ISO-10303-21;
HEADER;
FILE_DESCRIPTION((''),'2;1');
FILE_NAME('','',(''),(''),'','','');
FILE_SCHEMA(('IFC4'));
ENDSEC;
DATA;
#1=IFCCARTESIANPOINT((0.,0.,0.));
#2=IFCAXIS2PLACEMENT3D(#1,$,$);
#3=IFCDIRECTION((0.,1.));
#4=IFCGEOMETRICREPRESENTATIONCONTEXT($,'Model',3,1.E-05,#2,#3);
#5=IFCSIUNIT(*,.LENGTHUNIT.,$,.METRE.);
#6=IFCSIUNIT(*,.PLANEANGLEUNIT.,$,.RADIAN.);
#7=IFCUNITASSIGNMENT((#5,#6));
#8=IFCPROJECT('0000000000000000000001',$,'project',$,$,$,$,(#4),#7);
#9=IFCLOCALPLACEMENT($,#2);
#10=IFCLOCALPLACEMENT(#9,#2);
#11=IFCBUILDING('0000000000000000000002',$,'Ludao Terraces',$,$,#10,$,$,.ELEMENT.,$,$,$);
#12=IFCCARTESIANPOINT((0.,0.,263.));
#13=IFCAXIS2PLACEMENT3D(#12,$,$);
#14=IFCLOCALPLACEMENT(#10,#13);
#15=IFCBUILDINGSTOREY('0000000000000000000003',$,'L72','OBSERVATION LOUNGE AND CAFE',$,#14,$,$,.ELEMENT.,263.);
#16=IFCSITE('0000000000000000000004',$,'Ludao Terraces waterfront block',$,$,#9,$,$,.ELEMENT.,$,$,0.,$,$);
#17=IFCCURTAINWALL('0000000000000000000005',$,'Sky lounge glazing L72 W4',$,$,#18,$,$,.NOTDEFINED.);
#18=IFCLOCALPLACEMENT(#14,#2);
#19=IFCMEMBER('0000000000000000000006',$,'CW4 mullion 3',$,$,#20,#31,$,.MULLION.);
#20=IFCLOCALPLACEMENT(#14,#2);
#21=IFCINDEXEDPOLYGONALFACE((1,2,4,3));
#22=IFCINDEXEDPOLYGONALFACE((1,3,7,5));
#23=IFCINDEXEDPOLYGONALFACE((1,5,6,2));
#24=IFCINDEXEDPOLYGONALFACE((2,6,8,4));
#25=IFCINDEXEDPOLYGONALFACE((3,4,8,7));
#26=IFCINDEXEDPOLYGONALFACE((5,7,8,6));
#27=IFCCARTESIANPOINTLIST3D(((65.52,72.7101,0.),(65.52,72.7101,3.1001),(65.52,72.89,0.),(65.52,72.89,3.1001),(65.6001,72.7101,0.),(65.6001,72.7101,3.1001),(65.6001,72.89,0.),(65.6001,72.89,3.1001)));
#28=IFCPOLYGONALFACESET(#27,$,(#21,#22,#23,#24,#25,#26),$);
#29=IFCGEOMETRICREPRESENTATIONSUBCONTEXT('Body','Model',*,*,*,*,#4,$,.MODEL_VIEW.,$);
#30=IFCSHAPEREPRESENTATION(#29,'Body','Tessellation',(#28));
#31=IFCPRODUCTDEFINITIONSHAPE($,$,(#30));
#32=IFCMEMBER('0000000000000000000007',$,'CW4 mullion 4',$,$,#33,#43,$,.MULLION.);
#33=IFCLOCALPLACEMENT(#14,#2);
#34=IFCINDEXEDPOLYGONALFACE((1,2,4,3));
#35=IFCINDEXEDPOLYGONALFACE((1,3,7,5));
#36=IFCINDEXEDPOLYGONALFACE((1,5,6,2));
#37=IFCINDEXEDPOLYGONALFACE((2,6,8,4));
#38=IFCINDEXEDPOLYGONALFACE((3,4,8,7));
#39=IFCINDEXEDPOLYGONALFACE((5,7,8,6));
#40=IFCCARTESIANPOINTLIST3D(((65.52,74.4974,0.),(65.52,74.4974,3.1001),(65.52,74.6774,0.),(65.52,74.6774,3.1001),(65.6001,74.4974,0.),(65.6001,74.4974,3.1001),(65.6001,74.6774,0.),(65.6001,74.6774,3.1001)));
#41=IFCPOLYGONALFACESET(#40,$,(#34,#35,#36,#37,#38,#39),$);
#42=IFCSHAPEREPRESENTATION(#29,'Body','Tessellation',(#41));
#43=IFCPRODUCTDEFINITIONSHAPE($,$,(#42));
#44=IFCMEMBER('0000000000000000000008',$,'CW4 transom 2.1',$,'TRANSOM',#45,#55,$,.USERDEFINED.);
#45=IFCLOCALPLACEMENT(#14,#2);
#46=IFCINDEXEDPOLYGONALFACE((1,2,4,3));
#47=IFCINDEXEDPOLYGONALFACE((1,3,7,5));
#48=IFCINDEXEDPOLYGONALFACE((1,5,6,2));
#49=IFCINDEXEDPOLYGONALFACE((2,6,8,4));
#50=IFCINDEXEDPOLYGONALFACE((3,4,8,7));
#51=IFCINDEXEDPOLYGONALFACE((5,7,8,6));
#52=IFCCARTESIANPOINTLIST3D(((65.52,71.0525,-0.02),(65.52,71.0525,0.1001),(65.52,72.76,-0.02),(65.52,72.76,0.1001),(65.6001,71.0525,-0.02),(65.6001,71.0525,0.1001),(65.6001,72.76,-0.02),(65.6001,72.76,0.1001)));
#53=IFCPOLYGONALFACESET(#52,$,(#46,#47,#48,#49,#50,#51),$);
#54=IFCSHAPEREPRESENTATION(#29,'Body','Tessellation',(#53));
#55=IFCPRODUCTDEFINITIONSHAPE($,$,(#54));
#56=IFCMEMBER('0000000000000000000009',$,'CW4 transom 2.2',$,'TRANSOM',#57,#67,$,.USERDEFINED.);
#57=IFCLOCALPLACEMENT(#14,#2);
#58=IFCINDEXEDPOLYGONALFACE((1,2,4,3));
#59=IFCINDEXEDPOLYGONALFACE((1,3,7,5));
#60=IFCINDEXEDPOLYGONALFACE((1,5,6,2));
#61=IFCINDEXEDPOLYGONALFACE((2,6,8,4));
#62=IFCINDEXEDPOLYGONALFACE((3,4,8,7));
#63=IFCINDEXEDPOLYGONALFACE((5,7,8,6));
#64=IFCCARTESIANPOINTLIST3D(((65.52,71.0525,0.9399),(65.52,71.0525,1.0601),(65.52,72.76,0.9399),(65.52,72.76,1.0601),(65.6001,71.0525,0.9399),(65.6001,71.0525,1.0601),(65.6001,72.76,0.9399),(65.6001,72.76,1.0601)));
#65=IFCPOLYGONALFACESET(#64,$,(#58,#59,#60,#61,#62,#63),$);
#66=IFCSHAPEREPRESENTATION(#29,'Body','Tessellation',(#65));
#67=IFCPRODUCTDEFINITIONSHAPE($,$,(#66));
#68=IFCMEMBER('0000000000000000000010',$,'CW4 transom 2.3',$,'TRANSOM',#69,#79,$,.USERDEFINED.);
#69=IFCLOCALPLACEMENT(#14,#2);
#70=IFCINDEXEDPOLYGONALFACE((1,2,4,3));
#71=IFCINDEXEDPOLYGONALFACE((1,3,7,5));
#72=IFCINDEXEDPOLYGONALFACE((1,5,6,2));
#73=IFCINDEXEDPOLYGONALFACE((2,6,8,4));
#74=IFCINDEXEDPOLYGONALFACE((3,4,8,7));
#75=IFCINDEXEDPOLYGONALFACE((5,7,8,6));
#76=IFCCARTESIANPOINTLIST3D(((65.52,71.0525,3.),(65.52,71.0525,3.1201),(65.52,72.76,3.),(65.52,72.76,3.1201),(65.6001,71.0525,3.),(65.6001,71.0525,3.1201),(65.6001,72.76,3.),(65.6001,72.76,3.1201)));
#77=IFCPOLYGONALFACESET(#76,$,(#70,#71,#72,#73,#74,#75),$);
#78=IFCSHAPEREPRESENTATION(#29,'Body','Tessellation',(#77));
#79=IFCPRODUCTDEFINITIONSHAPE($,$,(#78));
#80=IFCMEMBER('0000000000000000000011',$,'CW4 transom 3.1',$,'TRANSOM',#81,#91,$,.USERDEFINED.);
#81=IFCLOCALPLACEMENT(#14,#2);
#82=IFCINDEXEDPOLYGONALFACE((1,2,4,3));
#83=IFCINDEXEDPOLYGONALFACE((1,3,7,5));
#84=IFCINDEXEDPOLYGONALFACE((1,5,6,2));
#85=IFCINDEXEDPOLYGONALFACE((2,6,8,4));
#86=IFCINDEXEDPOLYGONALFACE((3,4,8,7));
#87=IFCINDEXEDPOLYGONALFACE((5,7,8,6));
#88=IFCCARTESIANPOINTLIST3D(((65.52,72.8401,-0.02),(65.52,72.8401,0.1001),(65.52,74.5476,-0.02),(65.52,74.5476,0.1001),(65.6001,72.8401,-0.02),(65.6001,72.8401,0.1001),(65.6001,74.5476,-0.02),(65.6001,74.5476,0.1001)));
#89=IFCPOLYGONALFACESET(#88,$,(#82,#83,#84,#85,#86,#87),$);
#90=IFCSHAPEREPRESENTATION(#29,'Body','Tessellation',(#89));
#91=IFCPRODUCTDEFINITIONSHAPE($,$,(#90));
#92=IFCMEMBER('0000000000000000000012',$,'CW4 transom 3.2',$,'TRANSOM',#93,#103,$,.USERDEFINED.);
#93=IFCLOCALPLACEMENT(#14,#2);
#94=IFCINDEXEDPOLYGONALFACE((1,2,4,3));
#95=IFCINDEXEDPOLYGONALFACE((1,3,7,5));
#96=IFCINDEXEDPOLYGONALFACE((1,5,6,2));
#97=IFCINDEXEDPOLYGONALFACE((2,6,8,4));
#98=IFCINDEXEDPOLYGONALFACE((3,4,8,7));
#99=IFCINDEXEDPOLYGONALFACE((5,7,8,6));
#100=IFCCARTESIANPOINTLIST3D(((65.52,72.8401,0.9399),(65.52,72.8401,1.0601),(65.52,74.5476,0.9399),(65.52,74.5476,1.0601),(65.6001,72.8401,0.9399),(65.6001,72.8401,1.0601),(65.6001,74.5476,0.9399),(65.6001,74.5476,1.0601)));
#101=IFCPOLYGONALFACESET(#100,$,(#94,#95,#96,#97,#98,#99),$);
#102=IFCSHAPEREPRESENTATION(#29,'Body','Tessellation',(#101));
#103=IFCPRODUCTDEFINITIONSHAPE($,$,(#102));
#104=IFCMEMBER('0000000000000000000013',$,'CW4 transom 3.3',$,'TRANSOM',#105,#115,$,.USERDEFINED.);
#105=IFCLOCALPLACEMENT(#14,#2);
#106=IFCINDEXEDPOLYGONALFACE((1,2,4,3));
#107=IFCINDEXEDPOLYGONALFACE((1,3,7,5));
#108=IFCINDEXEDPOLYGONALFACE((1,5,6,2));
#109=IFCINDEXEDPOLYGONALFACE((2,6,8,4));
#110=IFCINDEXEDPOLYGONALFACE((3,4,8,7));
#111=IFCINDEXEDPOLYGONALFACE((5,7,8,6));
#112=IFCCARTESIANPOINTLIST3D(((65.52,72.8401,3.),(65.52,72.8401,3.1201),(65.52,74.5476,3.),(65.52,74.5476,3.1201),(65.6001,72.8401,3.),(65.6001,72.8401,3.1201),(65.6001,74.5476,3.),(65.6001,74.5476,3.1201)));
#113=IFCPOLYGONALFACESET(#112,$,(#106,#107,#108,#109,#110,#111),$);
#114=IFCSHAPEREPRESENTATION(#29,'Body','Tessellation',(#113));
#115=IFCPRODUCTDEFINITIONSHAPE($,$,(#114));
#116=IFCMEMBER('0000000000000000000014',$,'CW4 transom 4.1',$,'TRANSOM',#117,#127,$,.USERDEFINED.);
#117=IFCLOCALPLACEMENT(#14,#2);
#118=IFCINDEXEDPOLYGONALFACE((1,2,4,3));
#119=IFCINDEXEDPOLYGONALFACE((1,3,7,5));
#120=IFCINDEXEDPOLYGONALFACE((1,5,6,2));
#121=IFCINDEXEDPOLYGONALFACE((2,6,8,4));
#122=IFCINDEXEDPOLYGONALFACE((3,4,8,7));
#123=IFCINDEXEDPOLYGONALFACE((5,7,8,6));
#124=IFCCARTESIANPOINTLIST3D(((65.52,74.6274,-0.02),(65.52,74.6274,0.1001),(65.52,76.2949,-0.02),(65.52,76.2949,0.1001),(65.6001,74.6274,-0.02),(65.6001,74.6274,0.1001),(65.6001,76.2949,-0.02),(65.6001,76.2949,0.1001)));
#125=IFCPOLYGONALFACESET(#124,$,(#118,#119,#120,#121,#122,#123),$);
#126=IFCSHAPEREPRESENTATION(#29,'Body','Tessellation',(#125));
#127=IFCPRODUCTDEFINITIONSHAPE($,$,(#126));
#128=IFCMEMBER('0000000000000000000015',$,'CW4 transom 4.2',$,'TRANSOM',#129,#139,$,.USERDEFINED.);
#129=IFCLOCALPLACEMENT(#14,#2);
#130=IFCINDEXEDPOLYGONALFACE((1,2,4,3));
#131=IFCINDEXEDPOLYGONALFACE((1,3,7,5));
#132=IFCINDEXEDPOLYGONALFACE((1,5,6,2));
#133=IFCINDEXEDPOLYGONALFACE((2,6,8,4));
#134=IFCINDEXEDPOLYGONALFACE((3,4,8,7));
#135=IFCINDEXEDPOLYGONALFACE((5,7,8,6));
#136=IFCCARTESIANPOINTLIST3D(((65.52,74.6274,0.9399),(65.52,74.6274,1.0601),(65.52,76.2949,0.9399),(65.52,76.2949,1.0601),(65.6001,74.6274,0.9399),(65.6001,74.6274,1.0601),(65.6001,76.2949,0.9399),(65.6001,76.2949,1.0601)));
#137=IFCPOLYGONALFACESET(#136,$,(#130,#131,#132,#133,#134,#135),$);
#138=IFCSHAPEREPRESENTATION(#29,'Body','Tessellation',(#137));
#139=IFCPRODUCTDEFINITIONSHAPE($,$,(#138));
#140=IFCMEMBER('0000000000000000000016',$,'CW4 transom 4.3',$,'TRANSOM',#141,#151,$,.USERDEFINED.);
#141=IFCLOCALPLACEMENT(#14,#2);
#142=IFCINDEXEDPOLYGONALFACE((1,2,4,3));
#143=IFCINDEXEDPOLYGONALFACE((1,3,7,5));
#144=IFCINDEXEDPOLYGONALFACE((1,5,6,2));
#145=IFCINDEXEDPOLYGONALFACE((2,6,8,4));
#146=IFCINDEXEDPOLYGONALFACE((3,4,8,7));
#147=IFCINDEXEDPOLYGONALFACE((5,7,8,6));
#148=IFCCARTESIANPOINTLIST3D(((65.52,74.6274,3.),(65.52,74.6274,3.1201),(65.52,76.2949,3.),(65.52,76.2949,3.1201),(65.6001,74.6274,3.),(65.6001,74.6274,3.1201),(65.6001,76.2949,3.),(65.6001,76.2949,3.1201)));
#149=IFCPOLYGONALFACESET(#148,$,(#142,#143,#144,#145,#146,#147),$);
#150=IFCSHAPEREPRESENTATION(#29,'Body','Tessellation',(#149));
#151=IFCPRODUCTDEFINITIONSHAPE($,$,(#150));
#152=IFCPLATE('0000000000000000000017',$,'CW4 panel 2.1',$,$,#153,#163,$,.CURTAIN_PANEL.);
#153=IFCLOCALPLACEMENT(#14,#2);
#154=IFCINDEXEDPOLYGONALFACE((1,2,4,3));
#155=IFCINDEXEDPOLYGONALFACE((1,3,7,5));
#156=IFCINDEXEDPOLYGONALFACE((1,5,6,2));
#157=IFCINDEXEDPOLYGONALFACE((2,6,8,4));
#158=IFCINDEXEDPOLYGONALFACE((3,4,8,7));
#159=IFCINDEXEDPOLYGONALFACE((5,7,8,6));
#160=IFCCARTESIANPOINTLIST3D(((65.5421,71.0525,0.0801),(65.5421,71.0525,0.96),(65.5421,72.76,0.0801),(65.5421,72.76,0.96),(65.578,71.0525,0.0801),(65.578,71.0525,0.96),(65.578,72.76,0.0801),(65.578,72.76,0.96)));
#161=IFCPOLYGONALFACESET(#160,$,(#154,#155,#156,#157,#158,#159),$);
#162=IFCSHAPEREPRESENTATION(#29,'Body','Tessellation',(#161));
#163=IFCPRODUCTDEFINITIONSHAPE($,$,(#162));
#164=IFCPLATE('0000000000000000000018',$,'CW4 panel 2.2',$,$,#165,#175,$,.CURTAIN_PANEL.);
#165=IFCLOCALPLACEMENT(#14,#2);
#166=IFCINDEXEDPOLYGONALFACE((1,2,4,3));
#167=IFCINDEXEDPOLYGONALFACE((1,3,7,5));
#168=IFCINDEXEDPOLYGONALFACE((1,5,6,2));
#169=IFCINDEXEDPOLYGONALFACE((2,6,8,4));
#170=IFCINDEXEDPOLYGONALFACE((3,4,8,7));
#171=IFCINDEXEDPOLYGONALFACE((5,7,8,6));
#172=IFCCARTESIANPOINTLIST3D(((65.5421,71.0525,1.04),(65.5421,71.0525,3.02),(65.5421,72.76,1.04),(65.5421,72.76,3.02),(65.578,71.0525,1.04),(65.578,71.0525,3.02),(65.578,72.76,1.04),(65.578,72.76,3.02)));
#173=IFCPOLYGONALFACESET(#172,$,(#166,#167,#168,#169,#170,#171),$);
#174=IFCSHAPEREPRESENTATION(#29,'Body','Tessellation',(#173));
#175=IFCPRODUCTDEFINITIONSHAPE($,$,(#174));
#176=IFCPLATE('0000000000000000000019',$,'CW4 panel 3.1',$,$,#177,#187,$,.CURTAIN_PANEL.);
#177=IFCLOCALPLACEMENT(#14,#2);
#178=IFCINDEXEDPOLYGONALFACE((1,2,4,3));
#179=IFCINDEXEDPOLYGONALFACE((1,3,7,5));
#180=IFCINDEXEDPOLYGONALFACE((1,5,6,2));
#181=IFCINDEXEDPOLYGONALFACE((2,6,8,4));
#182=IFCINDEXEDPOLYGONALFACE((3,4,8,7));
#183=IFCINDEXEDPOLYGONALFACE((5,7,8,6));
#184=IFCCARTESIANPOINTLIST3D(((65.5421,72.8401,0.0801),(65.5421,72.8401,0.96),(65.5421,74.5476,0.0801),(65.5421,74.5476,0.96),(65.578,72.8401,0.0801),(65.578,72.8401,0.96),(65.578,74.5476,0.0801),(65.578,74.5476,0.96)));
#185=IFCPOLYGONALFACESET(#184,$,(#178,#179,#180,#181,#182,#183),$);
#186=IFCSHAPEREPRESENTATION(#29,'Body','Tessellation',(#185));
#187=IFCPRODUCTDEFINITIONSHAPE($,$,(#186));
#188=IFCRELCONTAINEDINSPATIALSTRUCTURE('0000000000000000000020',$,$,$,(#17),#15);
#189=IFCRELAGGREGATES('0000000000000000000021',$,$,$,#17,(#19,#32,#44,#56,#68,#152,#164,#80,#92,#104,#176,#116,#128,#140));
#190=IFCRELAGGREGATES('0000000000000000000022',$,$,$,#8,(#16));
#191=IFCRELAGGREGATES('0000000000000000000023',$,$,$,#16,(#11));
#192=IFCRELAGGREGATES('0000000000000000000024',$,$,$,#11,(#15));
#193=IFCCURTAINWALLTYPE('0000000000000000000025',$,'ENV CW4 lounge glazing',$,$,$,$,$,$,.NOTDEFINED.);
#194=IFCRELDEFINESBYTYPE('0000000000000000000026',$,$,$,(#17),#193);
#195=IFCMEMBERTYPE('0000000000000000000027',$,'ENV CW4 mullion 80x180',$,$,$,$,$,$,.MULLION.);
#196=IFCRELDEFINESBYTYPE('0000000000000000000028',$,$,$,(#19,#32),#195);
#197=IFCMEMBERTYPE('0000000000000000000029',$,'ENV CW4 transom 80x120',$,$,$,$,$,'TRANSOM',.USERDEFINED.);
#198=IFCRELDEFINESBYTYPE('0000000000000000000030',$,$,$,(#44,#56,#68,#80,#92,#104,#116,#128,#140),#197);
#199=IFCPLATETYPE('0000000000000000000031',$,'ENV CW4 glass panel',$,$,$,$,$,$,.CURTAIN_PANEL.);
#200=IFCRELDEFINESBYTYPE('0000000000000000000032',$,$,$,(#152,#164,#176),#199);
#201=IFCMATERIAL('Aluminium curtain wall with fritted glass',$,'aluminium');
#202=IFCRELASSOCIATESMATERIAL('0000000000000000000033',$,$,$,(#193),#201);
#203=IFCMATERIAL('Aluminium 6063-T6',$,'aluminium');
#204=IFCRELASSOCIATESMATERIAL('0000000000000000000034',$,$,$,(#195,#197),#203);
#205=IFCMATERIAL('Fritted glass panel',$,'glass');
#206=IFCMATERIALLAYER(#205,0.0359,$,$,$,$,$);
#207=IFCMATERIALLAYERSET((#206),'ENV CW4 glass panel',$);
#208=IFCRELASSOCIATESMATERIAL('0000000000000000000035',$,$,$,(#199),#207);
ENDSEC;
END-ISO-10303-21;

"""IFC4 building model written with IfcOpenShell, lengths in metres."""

from ifc_helpers import new_model, si_unit, direction, frame, origin, origin_2d, place, context, subcontext, project, spatial, rectangle, extrude, material, layer, layer_set, material_profile, profile_set, type_object, element, aggregate, save


model = new_model("IFC4")

# Units and contexts
model_context = context("Model", 3, precision=1e-05, world=origin(), true_north=direction((0.0, 1.0)))
body_context = subcontext(model_context, "Body", "Model", "MODEL_VIEW")
ifc_project = project(units=[si_unit("LENGTHUNIT", "METRE"), si_unit("PLANEANGLEUNIT", "RADIAN")], contexts=[model_context])

# Site, building, storey
site_placement = place(None, origin())
site = spatial("IfcSite", under=ifc_project, at=site_placement, Name="Ludao Terraces waterfront block", CompositionType="ELEMENT", RefElevation=0.0)
building_placement = place(site_placement, origin())
building = spatial("IfcBuilding", under=site, at=building_placement, Name="Ludao Terraces", CompositionType="ELEMENT")
storey_placement = place(building_placement, frame((0.0, 0.0, 263.0)))
storey = spatial("IfcBuildingStorey", under=building, at=storey_placement, Name="L72", Description="OBSERVATION LOUNGE AND CAFE", CompositionType="ELEMENT", Elevation=263.0)

# Curtain wall, members, plates
ifc_material_1 = material(Name="Aluminium curtain wall with fritted glass", Category="aluminium")
curtain_wall_type = type_object("IfcCurtainWallType", Name="ENV CW4 lounge glazing", PredefinedType="NOTDEFINED", material=ifc_material_1)
curtain_wall_placement = place(storey_placement, origin())
curtain_wall = element("IfcCurtainWall", 1, at=curtain_wall_placement, inside=storey, type_object=curtain_wall_type, Name="Sky lounge glazing L72 W4", PredefinedType="NOTDEFINED")
ifc_material_2 = material(Name="Aluminium 6063-T6", Category="aluminium")
ifc_material_profile_1 = material_profile(ifc_material_2, rectangle(XDim=0.0801, YDim=0.1799, at=origin_2d()), Name="80 X 180")
ifc_profile_set_1 = profile_set([ifc_material_profile_1], Name="Aluminium 6063-T6")
member_type_1 = type_object("IfcMemberType", Name="ENV CW4 mullion 80x180", PredefinedType="MULLION", material=ifc_profile_set_1)
member_1_placement = place(storey_placement, frame((65.5601, 72.8, 0.0), z_axis=(0.0, 0.0, 1.0), x_axis=(-1.0, 0.0, 0.0)))
member_1 = element("IfcMember", 2, at=member_1_placement, type_object=member_type_1, Name="CW4 mullion 3", PredefinedType="MULLION", context=body_context, shape_type="SweptSolid", body=[
    extrude(rectangle(XDim=0.0801, YDim=0.1799, at=origin_2d()), origin(), (0.0, 0.0, 1.0), 3.1001),
])
member_2_placement = place(storey_placement, frame((65.5601, 74.5874, 0.0), z_axis=(0.0, 0.0, 1.0), x_axis=(-1.0, 0.0, 0.0)))
member_2 = element("IfcMember", 3, at=member_2_placement, type_object=member_type_1, Name="CW4 mullion 4", PredefinedType="MULLION", context=body_context, shape_type="SweptSolid", body=[
    extrude(rectangle(XDim=0.0801, YDim=0.1799, at=origin_2d()), origin(), (0.0, 0.0, 1.0), 3.1001),
])
ifc_material_profile_2 = material_profile(ifc_material_2, rectangle(XDim=0.0801, YDim=0.1201, at=origin_2d()), Name="80 X 120")
ifc_profile_set_2 = profile_set([ifc_material_profile_2], Name="Aluminium 6063-T6")
member_type_2 = type_object("IfcMemberType", Name="ENV CW4 transom 80x120", ElementType="TRANSOM", PredefinedType="USERDEFINED", material=ifc_profile_set_2)
member_3_placement = place(storey_placement, frame((65.5601, 71.0525, 0.04), z_axis=(0.0, 1.0, 0.0), x_axis=(-1.0, 0.0, 0.0)))
member_3 = element("IfcMember", 4, at=member_3_placement, type_object=member_type_2, Name="CW4 transom 2.1", ObjectType="TRANSOM", PredefinedType="USERDEFINED", context=body_context, shape_type="SweptSolid", body=[
    extrude(rectangle(XDim=0.0801, YDim=0.1201, at=origin_2d()), origin(), (0.0, 0.0, 1.0), 1.7075),
])
member_4_placement = place(storey_placement, frame((65.5601, 71.0525, 1.0), z_axis=(0.0, 1.0, 0.0), x_axis=(-1.0, 0.0, 0.0)))
member_4 = element("IfcMember", 5, at=member_4_placement, type_object=member_type_2, Name="CW4 transom 2.2", ObjectType="TRANSOM", PredefinedType="USERDEFINED", context=body_context, shape_type="SweptSolid", body=[
    extrude(rectangle(XDim=0.0801, YDim=0.1201, at=origin_2d()), origin(), (0.0, 0.0, 1.0), 1.7075),
])
member_5_placement = place(storey_placement, frame((65.5601, 71.0525, 3.0601), z_axis=(0.0, 1.0, 0.0), x_axis=(-1.0, 0.0, 0.0)))
member_5 = element("IfcMember", 6, at=member_5_placement, type_object=member_type_2, Name="CW4 transom 2.3", ObjectType="TRANSOM", PredefinedType="USERDEFINED", context=body_context, shape_type="SweptSolid", body=[
    extrude(rectangle(XDim=0.0801, YDim=0.1201, at=origin_2d()), origin(), (0.0, 0.0, 1.0), 1.7075),
])
member_6_placement = place(storey_placement, frame((65.5601, 72.8401, 0.04), z_axis=(0.0, 1.0, 0.0), x_axis=(-1.0, 0.0, 0.0)))
member_6 = element("IfcMember", 7, at=member_6_placement, type_object=member_type_2, Name="CW4 transom 3.1", ObjectType="TRANSOM", PredefinedType="USERDEFINED", context=body_context, shape_type="SweptSolid", body=[
    extrude(rectangle(XDim=0.0801, YDim=0.1201, at=origin_2d()), origin(), (0.0, 0.0, 1.0), 1.7075),
])
member_7_placement = place(storey_placement, frame((65.5601, 72.8401, 1.0), z_axis=(0.0, 1.0, 0.0), x_axis=(-1.0, 0.0, 0.0)))
member_7 = element("IfcMember", 8, at=member_7_placement, type_object=member_type_2, Name="CW4 transom 3.2", ObjectType="TRANSOM", PredefinedType="USERDEFINED", context=body_context, shape_type="SweptSolid", body=[
    extrude(rectangle(XDim=0.0801, YDim=0.1201, at=origin_2d()), origin(), (0.0, 0.0, 1.0), 1.7075),
])
member_8_placement = place(storey_placement, frame((65.5601, 72.8401, 3.0601), z_axis=(0.0, 1.0, 0.0), x_axis=(-1.0, 0.0, 0.0)))
member_8 = element("IfcMember", 9, at=member_8_placement, type_object=member_type_2, Name="CW4 transom 3.3", ObjectType="TRANSOM", PredefinedType="USERDEFINED", context=body_context, shape_type="SweptSolid", body=[
    extrude(rectangle(XDim=0.0801, YDim=0.1201, at=origin_2d()), origin(), (0.0, 0.0, 1.0), 1.7075),
])
member_9_placement = place(storey_placement, frame((65.5601, 74.6274, 0.04), z_axis=(0.0, 1.0, 0.0), x_axis=(-1.0, 0.0, 0.0)))
member_9 = element("IfcMember", 10, at=member_9_placement, type_object=member_type_2, Name="CW4 transom 4.1", ObjectType="TRANSOM", PredefinedType="USERDEFINED", context=body_context, shape_type="SweptSolid", body=[
    extrude(rectangle(XDim=0.0801, YDim=0.1201, at=origin_2d()), origin(), (0.0, 0.0, 1.0), 1.6675),
])
member_10_placement = place(storey_placement, frame((65.5601, 74.6274, 1.0), z_axis=(0.0, 1.0, 0.0), x_axis=(-1.0, 0.0, 0.0)))
member_10 = element("IfcMember", 11, at=member_10_placement, type_object=member_type_2, Name="CW4 transom 4.2", ObjectType="TRANSOM", PredefinedType="USERDEFINED", context=body_context, shape_type="SweptSolid", body=[
    extrude(rectangle(XDim=0.0801, YDim=0.1201, at=origin_2d()), origin(), (0.0, 0.0, 1.0), 1.6675),
])
member_11_placement = place(storey_placement, frame((65.5601, 74.6274, 3.0601), z_axis=(0.0, 1.0, 0.0), x_axis=(-1.0, 0.0, 0.0)))
member_11 = element("IfcMember", 12, at=member_11_placement, type_object=member_type_2, Name="CW4 transom 4.3", ObjectType="TRANSOM", PredefinedType="USERDEFINED", context=body_context, shape_type="SweptSolid", body=[
    extrude(rectangle(XDim=0.0801, YDim=0.1201, at=origin_2d()), origin(), (0.0, 0.0, 1.0), 1.6675),
])
ifc_material_3 = material(Name="Fritted glass panel", Category="glass")
ifc_layer = layer(ifc_material_3, 0.0359)
ifc_layer_set = layer_set([ifc_layer], Name="ENV CW4 glass panel")
plate_type = type_object("IfcPlateType", Name="ENV CW4 glass panel", PredefinedType="CURTAIN_PANEL", material=ifc_layer_set)
plate_1_placement = place(storey_placement, frame((65.5601, 71.9062, 0.0801), z_axis=(0.0, 0.0, 1.0), x_axis=(0.0, 1.0, 0.0)))
plate_1 = element("IfcPlate", 13, at=plate_1_placement, type_object=plate_type, Name="CW4 panel 2.1", PredefinedType="CURTAIN_PANEL", context=body_context, shape_type="SweptSolid", body=[
    extrude(rectangle(XDim=1.7075, YDim=0.0359, at=origin_2d()), origin(), (0.0, 0.0, 1.0), 0.8799),
])
plate_2_placement = place(storey_placement, frame((65.5601, 71.9062, 1.04), z_axis=(0.0, 0.0, 1.0), x_axis=(0.0, 1.0, 0.0)))
plate_2 = element("IfcPlate", 14, at=plate_2_placement, type_object=plate_type, Name="CW4 panel 2.2", PredefinedType="CURTAIN_PANEL", context=body_context, shape_type="SweptSolid", body=[
    extrude(rectangle(XDim=1.7075, YDim=0.0359, at=origin_2d()), origin(), (0.0, 0.0, 1.0), 1.98),
])
plate_3_placement = place(storey_placement, frame((65.5601, 73.6938, 0.0801), z_axis=(0.0, 0.0, 1.0), x_axis=(0.0, 1.0, 0.0)))
plate_3 = element("IfcPlate", 15, at=plate_3_placement, type_object=plate_type, Name="CW4 panel 3.1", PredefinedType="CURTAIN_PANEL", context=body_context, shape_type="SweptSolid", body=[
    extrude(rectangle(XDim=1.7075, YDim=0.0359, at=origin_2d()), origin(), (0.0, 0.0, 1.0), 0.8799),
])
aggregate(curtain_wall, [member_1, member_2, member_3, member_4, member_5, plate_1, plate_2, member_6, member_7, member_8, plate_3, member_9, member_10, member_11])

save(model, "model.ifc")
